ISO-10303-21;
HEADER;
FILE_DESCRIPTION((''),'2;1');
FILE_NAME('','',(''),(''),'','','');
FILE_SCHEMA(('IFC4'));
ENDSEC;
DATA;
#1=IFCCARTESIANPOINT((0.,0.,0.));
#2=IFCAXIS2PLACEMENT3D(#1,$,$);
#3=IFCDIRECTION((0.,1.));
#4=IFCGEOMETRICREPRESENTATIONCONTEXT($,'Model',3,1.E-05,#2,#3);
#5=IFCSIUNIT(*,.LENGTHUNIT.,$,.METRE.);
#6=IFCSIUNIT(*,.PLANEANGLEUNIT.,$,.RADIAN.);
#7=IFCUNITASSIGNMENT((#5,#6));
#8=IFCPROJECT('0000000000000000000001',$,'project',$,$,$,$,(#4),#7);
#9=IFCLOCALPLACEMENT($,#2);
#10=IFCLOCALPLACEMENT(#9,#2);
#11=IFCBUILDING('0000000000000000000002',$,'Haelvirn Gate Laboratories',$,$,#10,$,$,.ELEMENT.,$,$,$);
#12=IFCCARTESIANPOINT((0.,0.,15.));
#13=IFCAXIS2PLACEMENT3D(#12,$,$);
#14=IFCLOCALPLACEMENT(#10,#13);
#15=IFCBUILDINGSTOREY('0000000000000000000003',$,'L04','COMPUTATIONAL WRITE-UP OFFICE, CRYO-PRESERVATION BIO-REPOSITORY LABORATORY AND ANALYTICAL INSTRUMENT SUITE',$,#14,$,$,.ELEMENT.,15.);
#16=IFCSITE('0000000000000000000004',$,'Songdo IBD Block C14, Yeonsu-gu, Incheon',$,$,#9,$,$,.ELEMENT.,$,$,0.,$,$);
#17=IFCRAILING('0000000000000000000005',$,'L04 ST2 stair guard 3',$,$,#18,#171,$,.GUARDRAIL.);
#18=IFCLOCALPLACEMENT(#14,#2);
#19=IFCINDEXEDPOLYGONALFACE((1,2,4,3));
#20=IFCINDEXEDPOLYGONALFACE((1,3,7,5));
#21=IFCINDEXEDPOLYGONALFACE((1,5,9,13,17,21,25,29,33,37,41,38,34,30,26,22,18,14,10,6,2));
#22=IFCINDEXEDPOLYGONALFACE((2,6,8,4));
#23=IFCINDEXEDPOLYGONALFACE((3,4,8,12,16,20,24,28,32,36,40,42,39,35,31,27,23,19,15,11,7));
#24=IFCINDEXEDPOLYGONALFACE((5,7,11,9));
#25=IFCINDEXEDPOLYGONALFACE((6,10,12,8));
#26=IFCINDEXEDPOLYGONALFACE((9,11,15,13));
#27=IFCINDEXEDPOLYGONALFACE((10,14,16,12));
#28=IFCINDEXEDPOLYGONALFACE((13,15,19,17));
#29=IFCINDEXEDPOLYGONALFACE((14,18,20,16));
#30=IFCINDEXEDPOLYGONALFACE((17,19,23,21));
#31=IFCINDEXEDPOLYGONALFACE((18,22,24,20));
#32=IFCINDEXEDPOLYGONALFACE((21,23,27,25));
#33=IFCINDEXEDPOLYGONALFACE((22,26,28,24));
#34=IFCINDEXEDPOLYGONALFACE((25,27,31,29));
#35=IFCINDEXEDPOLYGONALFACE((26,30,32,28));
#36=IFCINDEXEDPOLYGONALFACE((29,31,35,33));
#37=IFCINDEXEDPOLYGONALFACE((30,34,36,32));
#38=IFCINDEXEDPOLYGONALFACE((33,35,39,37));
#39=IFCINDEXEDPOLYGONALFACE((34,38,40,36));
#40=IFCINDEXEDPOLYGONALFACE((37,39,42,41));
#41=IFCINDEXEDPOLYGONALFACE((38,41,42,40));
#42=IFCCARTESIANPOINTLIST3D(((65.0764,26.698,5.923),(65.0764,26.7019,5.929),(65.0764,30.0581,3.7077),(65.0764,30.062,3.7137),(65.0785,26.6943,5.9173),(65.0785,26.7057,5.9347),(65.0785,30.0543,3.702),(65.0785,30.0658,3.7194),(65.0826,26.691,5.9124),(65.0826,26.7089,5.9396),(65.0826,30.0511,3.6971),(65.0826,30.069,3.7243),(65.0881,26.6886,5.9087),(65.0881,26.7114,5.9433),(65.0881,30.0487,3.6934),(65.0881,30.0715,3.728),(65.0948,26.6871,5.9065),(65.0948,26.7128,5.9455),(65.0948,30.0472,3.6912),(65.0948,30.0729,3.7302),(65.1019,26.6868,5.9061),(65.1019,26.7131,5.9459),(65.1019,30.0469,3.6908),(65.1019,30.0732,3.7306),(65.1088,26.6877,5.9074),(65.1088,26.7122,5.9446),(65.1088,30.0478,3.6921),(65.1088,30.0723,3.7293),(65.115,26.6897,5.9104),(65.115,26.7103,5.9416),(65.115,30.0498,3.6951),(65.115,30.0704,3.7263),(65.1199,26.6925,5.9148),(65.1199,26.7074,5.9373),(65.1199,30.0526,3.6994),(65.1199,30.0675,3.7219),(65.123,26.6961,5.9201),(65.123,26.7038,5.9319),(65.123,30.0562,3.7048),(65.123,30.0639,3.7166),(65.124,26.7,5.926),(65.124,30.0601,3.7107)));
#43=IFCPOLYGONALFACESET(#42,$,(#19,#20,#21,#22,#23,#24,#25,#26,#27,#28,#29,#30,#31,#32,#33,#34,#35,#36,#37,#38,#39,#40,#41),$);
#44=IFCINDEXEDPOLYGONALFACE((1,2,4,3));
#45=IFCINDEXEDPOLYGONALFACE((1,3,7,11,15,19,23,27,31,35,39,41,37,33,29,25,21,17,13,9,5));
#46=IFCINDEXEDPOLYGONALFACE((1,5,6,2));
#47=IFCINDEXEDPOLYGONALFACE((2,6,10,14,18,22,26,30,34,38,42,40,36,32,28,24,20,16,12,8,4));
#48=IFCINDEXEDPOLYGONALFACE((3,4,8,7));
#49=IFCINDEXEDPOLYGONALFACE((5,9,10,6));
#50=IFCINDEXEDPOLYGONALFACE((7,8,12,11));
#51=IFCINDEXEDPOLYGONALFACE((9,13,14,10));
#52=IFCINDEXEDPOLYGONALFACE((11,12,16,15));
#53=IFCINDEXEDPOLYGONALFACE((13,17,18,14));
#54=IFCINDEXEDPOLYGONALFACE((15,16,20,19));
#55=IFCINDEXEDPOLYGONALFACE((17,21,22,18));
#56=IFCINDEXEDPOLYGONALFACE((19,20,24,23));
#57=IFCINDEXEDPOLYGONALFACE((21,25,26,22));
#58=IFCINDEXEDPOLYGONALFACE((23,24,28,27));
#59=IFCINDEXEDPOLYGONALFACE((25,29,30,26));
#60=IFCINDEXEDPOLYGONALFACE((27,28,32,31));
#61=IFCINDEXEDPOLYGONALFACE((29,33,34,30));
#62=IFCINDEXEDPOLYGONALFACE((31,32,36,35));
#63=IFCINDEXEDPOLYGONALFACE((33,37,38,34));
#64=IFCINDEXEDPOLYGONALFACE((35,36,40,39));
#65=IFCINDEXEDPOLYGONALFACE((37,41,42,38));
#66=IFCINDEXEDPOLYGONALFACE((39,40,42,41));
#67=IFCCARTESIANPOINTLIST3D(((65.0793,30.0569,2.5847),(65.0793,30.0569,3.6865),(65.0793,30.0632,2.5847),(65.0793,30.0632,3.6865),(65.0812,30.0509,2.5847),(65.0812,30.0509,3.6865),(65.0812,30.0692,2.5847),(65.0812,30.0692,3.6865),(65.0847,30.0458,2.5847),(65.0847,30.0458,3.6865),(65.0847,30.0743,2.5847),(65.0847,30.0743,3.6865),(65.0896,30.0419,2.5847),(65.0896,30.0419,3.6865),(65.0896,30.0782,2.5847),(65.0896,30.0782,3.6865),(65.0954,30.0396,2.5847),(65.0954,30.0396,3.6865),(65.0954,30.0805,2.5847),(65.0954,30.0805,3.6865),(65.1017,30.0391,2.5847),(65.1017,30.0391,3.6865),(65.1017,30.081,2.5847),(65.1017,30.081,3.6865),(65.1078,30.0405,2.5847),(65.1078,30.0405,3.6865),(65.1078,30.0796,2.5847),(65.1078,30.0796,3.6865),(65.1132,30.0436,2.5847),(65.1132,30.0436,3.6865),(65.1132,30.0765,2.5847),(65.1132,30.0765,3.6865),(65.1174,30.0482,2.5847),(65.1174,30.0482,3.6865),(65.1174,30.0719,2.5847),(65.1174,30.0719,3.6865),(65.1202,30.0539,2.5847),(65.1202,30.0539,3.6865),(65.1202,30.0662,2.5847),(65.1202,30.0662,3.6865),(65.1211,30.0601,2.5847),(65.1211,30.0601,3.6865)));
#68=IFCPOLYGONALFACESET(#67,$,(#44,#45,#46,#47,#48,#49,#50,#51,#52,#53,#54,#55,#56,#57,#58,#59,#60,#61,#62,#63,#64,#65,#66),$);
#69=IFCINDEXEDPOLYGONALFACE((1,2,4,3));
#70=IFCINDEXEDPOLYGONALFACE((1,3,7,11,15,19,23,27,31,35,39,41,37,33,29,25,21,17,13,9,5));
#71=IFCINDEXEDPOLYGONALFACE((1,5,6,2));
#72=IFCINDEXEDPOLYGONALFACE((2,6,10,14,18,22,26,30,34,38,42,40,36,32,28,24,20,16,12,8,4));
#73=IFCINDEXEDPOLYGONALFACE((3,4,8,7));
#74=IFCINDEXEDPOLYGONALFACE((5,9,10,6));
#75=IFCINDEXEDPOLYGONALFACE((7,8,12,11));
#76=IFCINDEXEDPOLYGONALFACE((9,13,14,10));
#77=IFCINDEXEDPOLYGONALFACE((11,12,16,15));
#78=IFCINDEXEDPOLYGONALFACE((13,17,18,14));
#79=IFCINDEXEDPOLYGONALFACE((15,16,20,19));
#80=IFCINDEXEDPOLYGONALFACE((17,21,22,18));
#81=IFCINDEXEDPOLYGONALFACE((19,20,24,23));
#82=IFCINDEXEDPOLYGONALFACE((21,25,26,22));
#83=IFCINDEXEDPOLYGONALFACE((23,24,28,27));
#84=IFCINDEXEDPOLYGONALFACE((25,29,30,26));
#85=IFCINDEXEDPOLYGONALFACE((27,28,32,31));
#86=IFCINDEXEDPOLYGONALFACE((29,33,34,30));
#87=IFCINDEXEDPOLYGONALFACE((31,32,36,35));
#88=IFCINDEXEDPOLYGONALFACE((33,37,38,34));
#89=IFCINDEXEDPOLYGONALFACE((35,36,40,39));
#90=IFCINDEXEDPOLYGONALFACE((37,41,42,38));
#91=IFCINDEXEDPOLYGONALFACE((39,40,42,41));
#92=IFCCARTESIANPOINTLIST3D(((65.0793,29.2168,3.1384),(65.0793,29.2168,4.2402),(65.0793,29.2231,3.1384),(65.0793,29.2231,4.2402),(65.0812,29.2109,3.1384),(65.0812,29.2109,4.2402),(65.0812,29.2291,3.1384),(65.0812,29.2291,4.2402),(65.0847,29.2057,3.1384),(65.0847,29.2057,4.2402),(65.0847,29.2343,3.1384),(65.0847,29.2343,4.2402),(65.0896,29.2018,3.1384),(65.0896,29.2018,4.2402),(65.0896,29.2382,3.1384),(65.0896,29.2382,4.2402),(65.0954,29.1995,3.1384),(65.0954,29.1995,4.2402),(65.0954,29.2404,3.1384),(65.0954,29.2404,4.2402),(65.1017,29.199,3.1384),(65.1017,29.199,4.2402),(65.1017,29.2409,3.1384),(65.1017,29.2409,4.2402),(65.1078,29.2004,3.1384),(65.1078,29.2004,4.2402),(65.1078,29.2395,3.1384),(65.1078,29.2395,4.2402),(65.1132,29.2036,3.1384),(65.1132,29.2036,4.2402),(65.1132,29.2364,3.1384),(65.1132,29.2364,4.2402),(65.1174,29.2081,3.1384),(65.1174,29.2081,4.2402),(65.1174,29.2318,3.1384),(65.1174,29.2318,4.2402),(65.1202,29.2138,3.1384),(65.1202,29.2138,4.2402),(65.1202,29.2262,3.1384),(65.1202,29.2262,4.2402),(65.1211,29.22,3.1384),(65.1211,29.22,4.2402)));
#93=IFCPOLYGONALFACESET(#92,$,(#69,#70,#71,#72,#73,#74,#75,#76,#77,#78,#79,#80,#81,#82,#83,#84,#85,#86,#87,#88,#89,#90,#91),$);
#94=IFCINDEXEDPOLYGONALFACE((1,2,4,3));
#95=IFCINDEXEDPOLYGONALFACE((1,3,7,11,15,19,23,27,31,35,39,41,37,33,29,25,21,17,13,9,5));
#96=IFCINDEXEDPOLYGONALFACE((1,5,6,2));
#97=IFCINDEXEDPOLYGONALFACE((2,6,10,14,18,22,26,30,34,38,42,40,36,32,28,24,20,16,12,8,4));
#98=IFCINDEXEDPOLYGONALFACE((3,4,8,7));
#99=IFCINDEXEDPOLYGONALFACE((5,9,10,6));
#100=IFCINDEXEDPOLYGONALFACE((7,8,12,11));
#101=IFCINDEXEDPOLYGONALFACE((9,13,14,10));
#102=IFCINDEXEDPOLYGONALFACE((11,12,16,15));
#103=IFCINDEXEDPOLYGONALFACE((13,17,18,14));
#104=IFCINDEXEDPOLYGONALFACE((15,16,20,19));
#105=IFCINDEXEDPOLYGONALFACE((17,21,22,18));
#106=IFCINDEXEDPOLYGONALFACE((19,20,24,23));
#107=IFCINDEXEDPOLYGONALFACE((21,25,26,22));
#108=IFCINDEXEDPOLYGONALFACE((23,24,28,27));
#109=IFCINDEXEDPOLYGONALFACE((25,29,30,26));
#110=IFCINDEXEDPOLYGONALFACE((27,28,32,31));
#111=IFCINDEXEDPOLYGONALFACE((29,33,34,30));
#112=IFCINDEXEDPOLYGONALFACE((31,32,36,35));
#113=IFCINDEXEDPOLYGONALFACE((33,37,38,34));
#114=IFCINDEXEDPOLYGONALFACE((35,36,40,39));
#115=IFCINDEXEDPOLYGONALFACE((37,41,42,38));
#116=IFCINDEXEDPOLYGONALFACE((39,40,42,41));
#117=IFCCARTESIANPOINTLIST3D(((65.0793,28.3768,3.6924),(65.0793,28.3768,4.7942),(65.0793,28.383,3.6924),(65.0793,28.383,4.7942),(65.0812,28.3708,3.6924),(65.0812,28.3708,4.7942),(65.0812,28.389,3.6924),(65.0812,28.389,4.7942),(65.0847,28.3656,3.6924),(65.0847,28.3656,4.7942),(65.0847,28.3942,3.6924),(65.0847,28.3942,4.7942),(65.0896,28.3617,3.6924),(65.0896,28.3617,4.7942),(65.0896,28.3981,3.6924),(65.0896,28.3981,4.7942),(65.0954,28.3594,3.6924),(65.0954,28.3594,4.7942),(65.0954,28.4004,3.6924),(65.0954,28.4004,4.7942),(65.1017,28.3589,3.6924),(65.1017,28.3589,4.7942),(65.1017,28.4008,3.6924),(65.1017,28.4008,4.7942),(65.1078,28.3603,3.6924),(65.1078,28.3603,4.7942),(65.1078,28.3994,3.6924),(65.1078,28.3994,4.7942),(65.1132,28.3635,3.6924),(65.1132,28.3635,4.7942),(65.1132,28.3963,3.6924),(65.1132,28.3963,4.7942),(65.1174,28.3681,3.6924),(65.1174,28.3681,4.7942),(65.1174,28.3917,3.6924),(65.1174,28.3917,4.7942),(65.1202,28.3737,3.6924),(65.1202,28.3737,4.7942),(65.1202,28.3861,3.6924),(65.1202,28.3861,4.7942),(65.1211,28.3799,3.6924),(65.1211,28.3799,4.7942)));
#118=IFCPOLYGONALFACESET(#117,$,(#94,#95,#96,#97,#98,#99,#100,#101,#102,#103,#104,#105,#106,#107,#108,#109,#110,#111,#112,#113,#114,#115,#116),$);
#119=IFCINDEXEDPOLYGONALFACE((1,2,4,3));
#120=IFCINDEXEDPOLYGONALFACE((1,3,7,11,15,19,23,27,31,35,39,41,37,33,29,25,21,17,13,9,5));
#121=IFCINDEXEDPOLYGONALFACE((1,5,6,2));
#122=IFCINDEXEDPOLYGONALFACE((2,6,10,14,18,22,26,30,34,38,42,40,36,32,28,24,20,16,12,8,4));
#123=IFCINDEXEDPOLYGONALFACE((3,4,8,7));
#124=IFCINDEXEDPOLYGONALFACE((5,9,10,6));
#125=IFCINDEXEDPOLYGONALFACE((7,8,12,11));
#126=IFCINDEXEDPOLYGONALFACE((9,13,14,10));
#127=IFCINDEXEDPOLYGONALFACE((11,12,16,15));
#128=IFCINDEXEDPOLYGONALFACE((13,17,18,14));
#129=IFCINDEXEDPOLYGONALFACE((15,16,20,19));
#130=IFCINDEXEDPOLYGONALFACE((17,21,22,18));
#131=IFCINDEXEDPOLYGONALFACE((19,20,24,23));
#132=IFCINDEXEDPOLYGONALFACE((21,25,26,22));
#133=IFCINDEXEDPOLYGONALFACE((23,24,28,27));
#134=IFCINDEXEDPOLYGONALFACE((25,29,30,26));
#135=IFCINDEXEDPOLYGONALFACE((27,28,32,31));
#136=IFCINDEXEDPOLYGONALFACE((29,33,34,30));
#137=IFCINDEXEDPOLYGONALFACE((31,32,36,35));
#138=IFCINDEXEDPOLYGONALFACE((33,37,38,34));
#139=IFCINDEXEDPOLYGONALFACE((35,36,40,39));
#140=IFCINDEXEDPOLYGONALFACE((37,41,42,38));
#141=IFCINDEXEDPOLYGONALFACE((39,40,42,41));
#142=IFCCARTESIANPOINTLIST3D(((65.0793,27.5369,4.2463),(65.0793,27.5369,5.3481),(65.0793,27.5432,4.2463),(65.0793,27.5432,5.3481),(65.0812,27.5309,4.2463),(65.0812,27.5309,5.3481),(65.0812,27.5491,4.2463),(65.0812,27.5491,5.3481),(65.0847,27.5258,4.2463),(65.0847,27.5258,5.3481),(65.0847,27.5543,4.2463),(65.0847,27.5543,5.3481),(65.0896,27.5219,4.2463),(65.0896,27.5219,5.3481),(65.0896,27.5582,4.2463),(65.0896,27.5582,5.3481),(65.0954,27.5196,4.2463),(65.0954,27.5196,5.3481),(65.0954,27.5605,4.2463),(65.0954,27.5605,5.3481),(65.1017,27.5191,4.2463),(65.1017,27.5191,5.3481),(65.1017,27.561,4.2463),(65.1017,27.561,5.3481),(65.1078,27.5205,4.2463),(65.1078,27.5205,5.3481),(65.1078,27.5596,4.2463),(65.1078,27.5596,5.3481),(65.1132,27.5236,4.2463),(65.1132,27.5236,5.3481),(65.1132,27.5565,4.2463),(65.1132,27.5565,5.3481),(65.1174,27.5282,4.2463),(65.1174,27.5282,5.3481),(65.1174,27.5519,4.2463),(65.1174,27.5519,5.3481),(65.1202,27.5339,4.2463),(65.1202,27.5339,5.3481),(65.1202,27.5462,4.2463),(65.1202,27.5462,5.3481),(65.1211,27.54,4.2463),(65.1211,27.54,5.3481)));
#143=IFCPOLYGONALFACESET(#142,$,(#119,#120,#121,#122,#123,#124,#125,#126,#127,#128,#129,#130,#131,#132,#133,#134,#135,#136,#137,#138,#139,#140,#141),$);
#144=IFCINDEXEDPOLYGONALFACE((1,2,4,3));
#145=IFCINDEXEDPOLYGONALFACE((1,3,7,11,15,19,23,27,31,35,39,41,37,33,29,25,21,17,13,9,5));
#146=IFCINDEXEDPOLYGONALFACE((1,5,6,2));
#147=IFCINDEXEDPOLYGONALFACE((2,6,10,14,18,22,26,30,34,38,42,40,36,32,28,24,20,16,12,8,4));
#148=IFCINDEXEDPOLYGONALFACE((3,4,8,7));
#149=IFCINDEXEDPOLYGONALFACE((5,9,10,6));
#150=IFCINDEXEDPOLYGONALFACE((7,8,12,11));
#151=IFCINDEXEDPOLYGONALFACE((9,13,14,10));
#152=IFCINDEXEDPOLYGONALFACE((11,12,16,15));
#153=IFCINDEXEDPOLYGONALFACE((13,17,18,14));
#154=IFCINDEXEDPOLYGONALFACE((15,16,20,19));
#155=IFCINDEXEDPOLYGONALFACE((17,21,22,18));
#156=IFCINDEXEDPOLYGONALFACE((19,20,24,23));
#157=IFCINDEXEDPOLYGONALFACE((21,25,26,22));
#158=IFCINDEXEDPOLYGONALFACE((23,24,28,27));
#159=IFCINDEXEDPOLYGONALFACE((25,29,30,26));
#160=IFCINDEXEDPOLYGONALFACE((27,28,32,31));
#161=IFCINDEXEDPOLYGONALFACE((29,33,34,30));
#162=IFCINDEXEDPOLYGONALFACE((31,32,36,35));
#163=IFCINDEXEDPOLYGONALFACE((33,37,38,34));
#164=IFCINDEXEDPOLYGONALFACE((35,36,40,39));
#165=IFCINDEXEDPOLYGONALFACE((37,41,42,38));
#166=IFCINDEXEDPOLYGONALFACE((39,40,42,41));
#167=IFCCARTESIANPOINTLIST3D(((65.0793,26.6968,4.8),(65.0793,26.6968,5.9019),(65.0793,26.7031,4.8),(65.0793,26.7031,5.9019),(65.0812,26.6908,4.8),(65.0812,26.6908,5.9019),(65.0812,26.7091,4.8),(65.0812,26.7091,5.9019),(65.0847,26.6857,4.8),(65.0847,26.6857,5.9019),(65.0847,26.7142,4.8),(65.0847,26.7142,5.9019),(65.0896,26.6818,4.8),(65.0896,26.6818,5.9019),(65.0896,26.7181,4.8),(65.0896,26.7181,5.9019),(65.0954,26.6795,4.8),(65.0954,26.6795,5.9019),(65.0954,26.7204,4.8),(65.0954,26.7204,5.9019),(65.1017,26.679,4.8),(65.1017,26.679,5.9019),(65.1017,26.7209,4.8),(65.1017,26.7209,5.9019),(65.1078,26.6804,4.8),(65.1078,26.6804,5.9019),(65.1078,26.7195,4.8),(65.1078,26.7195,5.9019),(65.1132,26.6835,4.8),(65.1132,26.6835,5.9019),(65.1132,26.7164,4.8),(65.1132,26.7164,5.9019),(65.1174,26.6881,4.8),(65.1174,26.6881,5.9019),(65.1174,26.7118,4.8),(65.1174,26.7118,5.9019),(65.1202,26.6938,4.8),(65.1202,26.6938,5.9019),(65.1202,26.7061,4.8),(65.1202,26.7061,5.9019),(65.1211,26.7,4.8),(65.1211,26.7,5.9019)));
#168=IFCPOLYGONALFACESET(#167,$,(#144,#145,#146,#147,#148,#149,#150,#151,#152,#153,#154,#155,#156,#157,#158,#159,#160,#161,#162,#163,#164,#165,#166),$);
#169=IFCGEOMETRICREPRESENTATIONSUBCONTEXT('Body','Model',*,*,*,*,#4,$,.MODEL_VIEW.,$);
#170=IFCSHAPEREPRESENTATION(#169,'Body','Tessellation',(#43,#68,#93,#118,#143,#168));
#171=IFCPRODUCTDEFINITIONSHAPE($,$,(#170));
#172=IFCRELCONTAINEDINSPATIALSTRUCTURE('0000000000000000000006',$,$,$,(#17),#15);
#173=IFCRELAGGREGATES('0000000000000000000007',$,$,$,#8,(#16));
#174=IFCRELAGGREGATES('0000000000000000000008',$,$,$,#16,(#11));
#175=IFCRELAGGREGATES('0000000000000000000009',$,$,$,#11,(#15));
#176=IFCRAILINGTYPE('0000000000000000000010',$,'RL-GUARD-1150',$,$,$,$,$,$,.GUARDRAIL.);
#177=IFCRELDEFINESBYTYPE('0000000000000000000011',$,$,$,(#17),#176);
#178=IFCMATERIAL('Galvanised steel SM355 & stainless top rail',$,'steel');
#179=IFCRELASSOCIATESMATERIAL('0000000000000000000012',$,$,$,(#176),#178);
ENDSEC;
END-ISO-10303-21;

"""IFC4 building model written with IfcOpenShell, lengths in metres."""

from ifc_helpers import new_model, si_unit, direction, frame, origin, origin_2d, place, context, subcontext, project, spatial, circle, extrude, source, transform, mapped, material, type_object, element, save


model = new_model("IFC4")

# Units and contexts
model_context = context("Model", 3, precision=1e-05, world=origin(), true_north=direction((0.0, 1.0)))
body_context = subcontext(model_context, "Body", "Model", "MODEL_VIEW")
ifc_project = project(units=[si_unit("LENGTHUNIT", "METRE"), si_unit("PLANEANGLEUNIT", "RADIAN")], contexts=[model_context])

# Site, building, storey
site_placement = place(None, origin())
site = spatial("IfcSite", under=ifc_project, at=site_placement, Name="Songdo IBD Block C14, Yeonsu-gu, Incheon", CompositionType="ELEMENT", RefElevation=0.0)
building_placement = place(site_placement, origin())
building = spatial("IfcBuilding", under=site, at=building_placement, Name="Haelvirn Gate Laboratories", CompositionType="ELEMENT")
storey_placement = place(building_placement, frame((0.0, 0.0, 15.0)))
storey = spatial("IfcBuildingStorey", under=building, at=storey_placement, Name="L04", Description="COMPUTATIONAL WRITE-UP OFFICE, CRYO-PRESERVATION BIO-REPOSITORY LABORATORY AND ANALYTICAL INSTRUMENT SUITE", CompositionType="ELEMENT", Elevation=15.0)

# Railing
ifc_material_1 = material(Name="Galvanised steel SM355 & stainless top rail", Category="steel")
railing_type_1 = type_object("IfcRailingType", Name="RL-GUARD-1150", PredefinedType="GUARDRAIL", material=ifc_material_1)
shared_shape_1 = source(origin(), body_context, "Body", "SweptSolid", [
    extrude(circle(Radius=0.0239, at=origin_2d()), frame((0.0, 0.0, 1.126), z_axis=(0.0, -0.834876, 0.550437), x_axis=(1.0, 0.0, 0.0)), (0.0, 0.0, 1.0), 4.0247),
    extrude(circle(Radius=0.021, at=origin_2d()), origin(), (0.0, 0.0, 1.0), 1.1018),
    extrude(circle(Radius=0.021, at=origin_2d()), frame((0.0, -0.8401, 0.5537)), (0.0, 0.0, 1.0), 1.1018),
    extrude(circle(Radius=0.021, at=origin_2d()), frame((0.0, -1.6802, 1.1077)), (0.0, 0.0, 1.0), 1.1018),
    extrude(circle(Radius=0.021, at=origin_2d()), frame((0.0, -2.52, 1.6616)), (0.0, 0.0, 1.0), 1.1018),
    extrude(circle(Radius=0.021, at=origin_2d()), frame((0.0, -3.3601, 2.2153)), (0.0, 0.0, 1.0), 1.1018),
])
railing_1_placement = place(storey_placement, frame((65.1001, 30.0601, 2.5847)))
element("IfcRailing", 1, at=railing_1_placement, inside=storey, type_object=railing_type_1, Name="L04 ST2 stair guard 3", PredefinedType="GUARDRAIL", context=body_context, shape_type="MappedRepresentation", body=[
    mapped(shared_shape_1, transform((0.0, 0.0, 0.0), scale=1.0)),
])

save(model, "model.ifc")
